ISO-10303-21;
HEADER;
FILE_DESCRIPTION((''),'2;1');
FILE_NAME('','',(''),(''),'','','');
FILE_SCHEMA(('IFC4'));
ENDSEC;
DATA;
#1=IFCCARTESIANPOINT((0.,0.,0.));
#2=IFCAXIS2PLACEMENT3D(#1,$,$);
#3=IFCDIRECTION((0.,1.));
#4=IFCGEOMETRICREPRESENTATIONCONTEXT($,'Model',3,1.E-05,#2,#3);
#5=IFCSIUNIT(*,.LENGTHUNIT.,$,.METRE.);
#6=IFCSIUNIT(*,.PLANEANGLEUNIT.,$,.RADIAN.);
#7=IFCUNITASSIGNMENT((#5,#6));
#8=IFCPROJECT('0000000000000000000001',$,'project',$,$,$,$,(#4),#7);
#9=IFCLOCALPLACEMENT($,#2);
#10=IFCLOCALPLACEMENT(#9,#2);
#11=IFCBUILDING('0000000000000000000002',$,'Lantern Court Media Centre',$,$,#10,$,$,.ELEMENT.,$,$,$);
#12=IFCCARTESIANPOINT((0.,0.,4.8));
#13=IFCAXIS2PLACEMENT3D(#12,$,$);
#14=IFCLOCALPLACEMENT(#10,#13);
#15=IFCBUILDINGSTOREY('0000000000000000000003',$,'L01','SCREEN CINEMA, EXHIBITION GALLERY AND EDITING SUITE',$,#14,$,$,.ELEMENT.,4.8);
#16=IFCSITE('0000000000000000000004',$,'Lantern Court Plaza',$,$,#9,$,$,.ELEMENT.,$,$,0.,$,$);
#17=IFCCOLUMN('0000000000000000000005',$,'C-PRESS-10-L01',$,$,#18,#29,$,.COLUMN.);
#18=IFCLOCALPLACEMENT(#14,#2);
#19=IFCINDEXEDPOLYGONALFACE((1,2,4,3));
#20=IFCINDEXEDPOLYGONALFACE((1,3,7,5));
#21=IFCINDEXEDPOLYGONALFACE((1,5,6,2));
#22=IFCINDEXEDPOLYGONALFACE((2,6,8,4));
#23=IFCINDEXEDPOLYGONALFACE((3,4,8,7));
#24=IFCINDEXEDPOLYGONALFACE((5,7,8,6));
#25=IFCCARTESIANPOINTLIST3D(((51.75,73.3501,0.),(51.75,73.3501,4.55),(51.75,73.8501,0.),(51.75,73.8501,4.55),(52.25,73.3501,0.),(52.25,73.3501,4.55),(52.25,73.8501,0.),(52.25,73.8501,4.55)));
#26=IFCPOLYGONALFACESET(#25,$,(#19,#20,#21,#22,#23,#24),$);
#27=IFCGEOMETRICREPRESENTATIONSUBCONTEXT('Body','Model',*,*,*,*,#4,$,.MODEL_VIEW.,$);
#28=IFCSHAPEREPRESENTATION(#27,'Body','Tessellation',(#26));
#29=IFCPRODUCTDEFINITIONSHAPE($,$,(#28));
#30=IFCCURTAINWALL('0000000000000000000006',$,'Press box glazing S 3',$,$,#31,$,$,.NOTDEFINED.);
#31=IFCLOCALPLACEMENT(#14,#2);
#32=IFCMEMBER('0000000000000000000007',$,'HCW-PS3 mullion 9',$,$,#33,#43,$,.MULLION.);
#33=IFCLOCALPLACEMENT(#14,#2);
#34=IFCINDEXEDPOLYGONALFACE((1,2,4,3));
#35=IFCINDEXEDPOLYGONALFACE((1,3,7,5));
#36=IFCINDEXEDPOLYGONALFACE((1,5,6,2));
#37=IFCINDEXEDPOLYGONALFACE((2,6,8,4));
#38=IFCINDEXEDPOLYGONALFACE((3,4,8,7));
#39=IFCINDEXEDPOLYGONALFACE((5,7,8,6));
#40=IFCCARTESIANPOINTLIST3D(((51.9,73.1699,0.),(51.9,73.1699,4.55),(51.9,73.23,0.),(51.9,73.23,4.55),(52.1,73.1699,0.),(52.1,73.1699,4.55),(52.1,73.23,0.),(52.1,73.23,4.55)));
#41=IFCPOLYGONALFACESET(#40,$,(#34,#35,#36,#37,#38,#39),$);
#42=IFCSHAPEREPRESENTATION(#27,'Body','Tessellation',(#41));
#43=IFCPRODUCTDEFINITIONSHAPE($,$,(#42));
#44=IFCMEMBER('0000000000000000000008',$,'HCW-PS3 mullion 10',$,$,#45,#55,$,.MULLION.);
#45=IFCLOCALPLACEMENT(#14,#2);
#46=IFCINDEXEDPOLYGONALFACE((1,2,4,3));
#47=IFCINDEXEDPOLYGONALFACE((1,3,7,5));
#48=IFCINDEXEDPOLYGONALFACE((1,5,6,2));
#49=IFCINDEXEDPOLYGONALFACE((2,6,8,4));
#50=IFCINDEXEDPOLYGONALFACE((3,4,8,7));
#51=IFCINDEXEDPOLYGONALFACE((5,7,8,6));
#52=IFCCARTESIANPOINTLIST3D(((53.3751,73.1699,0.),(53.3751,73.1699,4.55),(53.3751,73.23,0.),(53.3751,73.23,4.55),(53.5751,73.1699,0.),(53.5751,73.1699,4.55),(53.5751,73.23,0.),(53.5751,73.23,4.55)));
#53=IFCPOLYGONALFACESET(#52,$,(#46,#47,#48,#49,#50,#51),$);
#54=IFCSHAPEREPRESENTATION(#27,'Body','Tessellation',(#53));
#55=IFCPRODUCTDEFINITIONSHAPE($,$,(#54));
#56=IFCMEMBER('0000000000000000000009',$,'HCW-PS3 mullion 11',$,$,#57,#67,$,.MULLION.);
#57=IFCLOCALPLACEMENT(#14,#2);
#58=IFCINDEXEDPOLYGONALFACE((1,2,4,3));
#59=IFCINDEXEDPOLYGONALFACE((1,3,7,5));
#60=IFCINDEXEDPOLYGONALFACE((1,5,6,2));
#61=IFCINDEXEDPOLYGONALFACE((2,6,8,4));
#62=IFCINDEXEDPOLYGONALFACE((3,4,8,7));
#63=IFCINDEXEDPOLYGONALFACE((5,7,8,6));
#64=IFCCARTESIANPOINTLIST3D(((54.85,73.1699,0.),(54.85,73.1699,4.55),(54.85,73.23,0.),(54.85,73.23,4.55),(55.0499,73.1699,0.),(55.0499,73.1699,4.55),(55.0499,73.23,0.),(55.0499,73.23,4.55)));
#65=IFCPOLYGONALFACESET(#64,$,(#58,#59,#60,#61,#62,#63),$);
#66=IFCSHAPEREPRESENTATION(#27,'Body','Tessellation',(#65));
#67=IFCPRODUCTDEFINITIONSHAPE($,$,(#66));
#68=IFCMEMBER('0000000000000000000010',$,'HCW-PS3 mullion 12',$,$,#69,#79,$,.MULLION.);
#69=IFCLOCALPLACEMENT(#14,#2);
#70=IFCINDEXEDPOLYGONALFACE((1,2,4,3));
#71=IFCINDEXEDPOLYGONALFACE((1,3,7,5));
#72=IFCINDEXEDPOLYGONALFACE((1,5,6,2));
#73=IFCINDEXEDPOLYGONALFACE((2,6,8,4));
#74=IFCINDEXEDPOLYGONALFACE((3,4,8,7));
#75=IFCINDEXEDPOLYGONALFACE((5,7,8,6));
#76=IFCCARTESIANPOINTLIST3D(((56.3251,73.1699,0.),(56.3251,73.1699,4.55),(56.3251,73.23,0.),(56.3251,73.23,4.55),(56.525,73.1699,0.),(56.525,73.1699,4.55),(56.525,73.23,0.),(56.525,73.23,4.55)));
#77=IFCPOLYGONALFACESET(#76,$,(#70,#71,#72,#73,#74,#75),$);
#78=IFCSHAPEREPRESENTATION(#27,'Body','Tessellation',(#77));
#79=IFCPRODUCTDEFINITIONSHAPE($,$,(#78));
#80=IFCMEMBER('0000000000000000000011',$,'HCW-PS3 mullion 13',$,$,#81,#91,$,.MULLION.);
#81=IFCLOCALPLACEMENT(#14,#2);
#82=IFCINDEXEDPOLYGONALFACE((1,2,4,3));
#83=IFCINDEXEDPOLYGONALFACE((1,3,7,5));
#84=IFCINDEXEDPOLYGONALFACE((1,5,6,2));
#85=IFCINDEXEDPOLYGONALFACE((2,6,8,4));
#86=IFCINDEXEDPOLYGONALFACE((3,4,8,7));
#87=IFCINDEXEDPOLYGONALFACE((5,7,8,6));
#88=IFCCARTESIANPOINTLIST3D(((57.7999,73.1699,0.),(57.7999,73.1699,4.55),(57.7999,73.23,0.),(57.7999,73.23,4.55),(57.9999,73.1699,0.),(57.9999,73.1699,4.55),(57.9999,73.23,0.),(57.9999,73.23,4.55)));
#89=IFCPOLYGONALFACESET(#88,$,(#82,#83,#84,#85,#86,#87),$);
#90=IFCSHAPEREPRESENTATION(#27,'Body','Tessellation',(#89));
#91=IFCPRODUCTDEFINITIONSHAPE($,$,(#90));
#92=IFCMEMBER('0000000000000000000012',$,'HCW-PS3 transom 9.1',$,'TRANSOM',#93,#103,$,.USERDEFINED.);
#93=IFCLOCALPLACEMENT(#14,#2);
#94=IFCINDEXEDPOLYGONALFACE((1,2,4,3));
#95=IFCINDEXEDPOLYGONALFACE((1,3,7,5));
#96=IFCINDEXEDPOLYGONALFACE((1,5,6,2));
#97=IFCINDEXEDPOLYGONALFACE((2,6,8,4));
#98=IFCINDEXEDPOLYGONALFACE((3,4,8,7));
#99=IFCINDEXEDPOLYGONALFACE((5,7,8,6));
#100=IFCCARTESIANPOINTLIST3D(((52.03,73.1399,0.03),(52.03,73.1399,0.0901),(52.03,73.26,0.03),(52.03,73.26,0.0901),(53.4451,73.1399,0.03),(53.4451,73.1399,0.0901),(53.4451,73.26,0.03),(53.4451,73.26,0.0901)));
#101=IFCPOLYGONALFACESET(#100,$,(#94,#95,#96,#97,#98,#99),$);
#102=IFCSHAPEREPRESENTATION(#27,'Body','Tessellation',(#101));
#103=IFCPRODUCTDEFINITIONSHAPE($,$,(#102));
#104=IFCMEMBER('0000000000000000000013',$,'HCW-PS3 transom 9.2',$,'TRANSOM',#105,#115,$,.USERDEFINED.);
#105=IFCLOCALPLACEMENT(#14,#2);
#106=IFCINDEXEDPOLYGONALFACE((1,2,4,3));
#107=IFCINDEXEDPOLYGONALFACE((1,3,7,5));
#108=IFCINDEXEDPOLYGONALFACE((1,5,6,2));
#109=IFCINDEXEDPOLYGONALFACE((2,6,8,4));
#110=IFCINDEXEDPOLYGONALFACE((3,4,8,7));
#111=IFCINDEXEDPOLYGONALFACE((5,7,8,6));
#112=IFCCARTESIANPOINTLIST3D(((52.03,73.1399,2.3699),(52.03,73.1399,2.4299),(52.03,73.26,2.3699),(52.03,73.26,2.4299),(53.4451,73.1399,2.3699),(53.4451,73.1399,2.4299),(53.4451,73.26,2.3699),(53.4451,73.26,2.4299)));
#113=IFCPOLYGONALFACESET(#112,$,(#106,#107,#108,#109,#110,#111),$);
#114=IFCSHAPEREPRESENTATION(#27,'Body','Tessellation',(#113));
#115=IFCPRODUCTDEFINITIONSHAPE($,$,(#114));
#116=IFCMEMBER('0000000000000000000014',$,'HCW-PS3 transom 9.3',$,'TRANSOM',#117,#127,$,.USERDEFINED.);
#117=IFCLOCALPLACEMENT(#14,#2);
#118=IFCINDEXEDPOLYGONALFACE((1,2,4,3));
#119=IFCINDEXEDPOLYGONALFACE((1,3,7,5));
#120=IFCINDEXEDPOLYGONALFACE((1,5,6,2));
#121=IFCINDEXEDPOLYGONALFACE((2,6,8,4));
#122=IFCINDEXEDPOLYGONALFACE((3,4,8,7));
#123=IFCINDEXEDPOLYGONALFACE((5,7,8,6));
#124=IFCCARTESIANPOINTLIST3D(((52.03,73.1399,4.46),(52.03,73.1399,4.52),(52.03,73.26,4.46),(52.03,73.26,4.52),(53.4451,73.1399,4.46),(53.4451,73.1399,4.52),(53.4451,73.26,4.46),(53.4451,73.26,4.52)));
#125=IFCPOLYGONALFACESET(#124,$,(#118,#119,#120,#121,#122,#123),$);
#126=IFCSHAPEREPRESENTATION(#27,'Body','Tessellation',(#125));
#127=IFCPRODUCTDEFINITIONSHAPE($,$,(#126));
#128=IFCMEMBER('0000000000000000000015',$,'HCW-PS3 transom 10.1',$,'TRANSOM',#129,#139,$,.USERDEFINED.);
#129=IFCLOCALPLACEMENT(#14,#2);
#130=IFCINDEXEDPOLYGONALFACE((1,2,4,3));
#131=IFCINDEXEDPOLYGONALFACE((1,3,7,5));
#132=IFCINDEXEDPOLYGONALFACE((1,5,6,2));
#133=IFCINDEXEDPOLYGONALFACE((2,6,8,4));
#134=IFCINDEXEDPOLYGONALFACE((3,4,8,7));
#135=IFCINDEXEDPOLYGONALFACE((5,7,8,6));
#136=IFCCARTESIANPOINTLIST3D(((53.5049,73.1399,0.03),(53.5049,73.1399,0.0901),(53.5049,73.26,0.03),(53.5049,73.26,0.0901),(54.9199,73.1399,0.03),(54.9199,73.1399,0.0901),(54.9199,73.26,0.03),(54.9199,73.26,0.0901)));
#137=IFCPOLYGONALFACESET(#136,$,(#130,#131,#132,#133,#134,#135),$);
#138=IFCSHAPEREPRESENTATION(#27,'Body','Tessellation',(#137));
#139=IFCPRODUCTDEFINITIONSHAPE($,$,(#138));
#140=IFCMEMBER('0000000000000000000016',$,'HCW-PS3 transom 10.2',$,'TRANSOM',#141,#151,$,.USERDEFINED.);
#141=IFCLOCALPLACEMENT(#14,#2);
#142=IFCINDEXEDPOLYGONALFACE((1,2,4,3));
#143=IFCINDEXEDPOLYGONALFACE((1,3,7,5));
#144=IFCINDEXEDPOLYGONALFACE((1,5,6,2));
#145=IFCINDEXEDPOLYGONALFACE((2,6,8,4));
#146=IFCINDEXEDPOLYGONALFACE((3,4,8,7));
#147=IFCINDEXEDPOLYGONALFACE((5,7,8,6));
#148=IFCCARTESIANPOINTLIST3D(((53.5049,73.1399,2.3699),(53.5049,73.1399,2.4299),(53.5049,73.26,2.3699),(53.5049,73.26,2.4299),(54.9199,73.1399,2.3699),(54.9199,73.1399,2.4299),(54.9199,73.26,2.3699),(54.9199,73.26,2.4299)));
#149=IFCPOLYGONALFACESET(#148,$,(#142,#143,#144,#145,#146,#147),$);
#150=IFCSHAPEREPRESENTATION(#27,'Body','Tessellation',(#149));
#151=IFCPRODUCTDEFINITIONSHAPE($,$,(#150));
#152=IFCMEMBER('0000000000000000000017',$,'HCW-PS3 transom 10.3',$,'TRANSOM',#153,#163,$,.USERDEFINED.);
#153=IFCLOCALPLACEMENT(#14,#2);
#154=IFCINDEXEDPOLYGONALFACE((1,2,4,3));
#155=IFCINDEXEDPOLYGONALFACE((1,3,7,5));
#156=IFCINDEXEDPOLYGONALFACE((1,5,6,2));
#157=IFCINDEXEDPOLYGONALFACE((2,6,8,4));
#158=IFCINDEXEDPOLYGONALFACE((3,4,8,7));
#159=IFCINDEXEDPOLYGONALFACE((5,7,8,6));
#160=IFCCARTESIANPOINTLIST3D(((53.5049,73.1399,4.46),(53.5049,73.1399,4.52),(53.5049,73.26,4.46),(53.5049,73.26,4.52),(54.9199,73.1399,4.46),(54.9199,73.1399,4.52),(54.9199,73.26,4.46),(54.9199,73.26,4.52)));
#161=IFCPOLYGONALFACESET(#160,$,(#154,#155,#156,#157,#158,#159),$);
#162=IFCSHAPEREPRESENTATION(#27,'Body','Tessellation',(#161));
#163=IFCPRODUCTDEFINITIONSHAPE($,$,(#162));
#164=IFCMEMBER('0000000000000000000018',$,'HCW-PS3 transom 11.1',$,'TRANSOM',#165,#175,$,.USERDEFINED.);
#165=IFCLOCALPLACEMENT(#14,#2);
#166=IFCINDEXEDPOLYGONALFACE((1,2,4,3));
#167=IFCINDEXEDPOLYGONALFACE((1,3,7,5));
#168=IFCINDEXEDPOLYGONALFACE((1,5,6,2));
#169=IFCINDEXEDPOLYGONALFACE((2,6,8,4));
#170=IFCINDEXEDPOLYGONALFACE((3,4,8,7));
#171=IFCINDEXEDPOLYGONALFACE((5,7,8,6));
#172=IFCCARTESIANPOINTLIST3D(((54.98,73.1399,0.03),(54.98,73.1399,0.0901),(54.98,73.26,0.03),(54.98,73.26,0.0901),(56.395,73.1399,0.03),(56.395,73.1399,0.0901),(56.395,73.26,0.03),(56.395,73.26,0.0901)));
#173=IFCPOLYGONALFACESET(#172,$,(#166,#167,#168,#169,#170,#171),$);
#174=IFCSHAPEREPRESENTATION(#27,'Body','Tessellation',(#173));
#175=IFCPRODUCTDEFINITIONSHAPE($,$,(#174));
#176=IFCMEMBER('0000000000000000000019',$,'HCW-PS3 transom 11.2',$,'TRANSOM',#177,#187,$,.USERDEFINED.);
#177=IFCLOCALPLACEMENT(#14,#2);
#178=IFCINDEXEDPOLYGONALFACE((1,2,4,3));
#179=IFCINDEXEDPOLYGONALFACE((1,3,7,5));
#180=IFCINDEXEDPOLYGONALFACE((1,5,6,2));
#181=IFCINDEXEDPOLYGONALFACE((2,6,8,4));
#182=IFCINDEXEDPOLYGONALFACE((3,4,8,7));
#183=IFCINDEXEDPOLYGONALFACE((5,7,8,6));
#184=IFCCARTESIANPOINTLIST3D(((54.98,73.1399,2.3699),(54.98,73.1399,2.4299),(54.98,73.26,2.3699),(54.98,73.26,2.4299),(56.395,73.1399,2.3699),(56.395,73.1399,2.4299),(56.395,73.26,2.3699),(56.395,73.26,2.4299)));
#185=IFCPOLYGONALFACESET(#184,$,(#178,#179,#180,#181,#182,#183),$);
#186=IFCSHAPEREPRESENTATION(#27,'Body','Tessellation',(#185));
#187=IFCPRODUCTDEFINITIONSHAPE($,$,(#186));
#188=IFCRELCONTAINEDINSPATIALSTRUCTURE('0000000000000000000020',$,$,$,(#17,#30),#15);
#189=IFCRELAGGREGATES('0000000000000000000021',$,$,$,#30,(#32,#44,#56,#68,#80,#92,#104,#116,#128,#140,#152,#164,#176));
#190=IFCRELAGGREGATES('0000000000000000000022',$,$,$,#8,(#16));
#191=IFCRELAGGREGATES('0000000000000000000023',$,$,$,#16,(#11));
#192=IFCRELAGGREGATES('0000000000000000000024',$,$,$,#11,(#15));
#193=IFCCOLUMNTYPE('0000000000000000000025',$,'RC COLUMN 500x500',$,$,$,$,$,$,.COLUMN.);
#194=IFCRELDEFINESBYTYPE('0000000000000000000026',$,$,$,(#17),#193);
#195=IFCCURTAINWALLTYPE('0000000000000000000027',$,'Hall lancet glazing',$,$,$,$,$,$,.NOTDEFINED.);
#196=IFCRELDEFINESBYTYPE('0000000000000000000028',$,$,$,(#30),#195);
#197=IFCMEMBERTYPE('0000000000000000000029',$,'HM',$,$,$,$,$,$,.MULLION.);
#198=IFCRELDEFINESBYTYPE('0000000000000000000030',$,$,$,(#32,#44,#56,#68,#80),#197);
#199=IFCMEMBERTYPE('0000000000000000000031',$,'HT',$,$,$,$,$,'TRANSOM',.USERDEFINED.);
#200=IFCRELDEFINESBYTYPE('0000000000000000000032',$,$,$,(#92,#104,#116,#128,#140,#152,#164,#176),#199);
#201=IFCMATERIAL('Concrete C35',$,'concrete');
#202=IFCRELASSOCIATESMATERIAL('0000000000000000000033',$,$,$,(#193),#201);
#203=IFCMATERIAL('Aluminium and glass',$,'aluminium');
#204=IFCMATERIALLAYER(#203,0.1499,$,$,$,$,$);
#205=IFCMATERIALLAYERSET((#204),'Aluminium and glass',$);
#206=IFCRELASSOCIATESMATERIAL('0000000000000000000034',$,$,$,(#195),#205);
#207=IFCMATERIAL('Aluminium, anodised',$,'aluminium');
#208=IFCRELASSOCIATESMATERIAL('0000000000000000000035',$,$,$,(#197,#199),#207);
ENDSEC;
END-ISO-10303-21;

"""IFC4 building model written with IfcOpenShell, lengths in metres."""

from ifc_helpers import new_model, si_unit, direction, frame, origin, origin_2d, place, context, subcontext, project, spatial, rectangle, extrude, material, layer, layer_set, material_profile, profile_set, type_object, element, aggregate, save


model = new_model("IFC4")

# Units and contexts
model_context = context("Model", 3, precision=1e-05, world=origin(), true_north=direction((0.0, 1.0)))
body_context = subcontext(model_context, "Body", "Model", "MODEL_VIEW")
ifc_project = project(units=[si_unit("LENGTHUNIT", "METRE"), si_unit("PLANEANGLEUNIT", "RADIAN")], contexts=[model_context])

# Site, building, storey
site_placement = place(None, origin())
site = spatial("IfcSite", under=ifc_project, at=site_placement, Name="Lantern Court Plaza", CompositionType="ELEMENT", RefElevation=0.0)
building_placement = place(site_placement, origin())
building = spatial("IfcBuilding", under=site, at=building_placement, Name="Lantern Court Media Centre", CompositionType="ELEMENT")
storey_placement = place(building_placement, frame((0.0, 0.0, 4.8)))
storey = spatial("IfcBuildingStorey", under=building, at=storey_placement, Name="L01", Description="SCREEN CINEMA, EXHIBITION GALLERY AND EDITING SUITE", CompositionType="ELEMENT", Elevation=4.8)

# Column
ifc_material_1 = material(Name="Concrete C35", Category="concrete")
ifc_material_profile_1 = material_profile(ifc_material_1, rectangle(XDim=0.5, YDim=0.5, at=origin_2d()), Name="RC 500x500")
ifc_profile_set_1 = profile_set([ifc_material_profile_1], Name="Concrete C35")
column_type = type_object("IfcColumnType", Name="RC COLUMN 500x500", PredefinedType="COLUMN", material=ifc_profile_set_1)
column_placement = place(storey_placement, frame((52.0, 73.6001, 0.0), z_axis=(0.0, 0.0, 1.0), x_axis=(1.0, 0.0, 0.0)))
element("IfcColumn", 1, at=column_placement, inside=storey, type_object=column_type, Name="C-PRESS-10-L01", PredefinedType="COLUMN", context=body_context, shape_type="SweptSolid", body=[
    extrude(rectangle(XDim=0.5, YDim=0.5, at=origin_2d()), origin(), (0.0, 0.0, 1.0), 4.55),
])

# Curtain wall, members
ifc_material_2 = material(Name="Aluminium and glass", Category="aluminium")
ifc_layer_1 = layer(ifc_material_2, 0.1499)
ifc_layer_set_1 = layer_set([ifc_layer_1], Name="Aluminium and glass")
curtain_wall_type = type_object("IfcCurtainWallType", Name="Hall lancet glazing", PredefinedType="NOTDEFINED", material=ifc_layer_set_1)
curtain_wall_placement = place(storey_placement, origin())
curtain_wall = element("IfcCurtainWall", 2, at=curtain_wall_placement, inside=storey, type_object=curtain_wall_type, Name="Press box glazing S 3", PredefinedType="NOTDEFINED")
ifc_material_3 = material(Name="Aluminium, anodised", Category="aluminium")
ifc_material_profile_2 = material_profile(ifc_material_3, rectangle(XDim=0.0601, YDim=0.2, at=origin_2d()), Name="HM")
ifc_profile_set_2 = profile_set([ifc_material_profile_2], Name="Aluminium, anodised")
member_type_1 = type_object("IfcMemberType", Name="HM", PredefinedType="MULLION", material=ifc_profile_set_2)
member_1_placement = place(storey_placement, frame((52.0, 73.2, 0.0), z_axis=(0.0, 0.0, 1.0), x_axis=(0.0, 1.0, 0.0)))
member_1 = element("IfcMember", 3, at=member_1_placement, type_object=member_type_1, Name="HCW-PS3 mullion 9", PredefinedType="MULLION", context=body_context, shape_type="SweptSolid", body=[
    extrude(rectangle(XDim=0.0601, YDim=0.2, at=origin_2d()), origin(), (0.0, 0.0, 1.0), 4.55),
])
member_2_placement = place(storey_placement, frame((53.4751, 73.2, 0.0), z_axis=(0.0, 0.0, 1.0), x_axis=(0.0, 1.0, 0.0)))
member_2 = element("IfcMember", 4, at=member_2_placement, type_object=member_type_1, Name="HCW-PS3 mullion 10", PredefinedType="MULLION", context=body_context, shape_type="SweptSolid", body=[
    extrude(rectangle(XDim=0.0601, YDim=0.2, at=origin_2d()), origin(), (0.0, 0.0, 1.0), 4.55),
])
member_3_placement = place(storey_placement, frame((54.95, 73.2, 0.0), z_axis=(0.0, 0.0, 1.0), x_axis=(0.0, 1.0, 0.0)))
member_3 = element("IfcMember", 5, at=member_3_placement, type_object=member_type_1, Name="HCW-PS3 mullion 11", PredefinedType="MULLION", context=body_context, shape_type="SweptSolid", body=[
    extrude(rectangle(XDim=0.0601, YDim=0.2, at=origin_2d()), origin(), (0.0, 0.0, 1.0), 4.55),
])
member_4_placement = place(storey_placement, frame((56.425, 73.2, 0.0), z_axis=(0.0, 0.0, 1.0), x_axis=(0.0, 1.0, 0.0)))
member_4 = element("IfcMember", 6, at=member_4_placement, type_object=member_type_1, Name="HCW-PS3 mullion 12", PredefinedType="MULLION", context=body_context, shape_type="SweptSolid", body=[
    extrude(rectangle(XDim=0.0601, YDim=0.2, at=origin_2d()), origin(), (0.0, 0.0, 1.0), 4.55),
])
member_5_placement = place(storey_placement, frame((57.8999, 73.2, 0.0), z_axis=(0.0, 0.0, 1.0), x_axis=(0.0, 1.0, 0.0)))
member_5 = element("IfcMember", 7, at=member_5_placement, type_object=member_type_1, Name="HCW-PS3 mullion 13", PredefinedType="MULLION", context=body_context, shape_type="SweptSolid", body=[
    extrude(rectangle(XDim=0.0601, YDim=0.2, at=origin_2d()), origin(), (0.0, 0.0, 1.0), 4.55),
])
ifc_material_profile_3 = material_profile(ifc_material_3, rectangle(XDim=0.1201, YDim=0.0601, at=origin_2d()), Name="HT")
ifc_profile_set_3 = profile_set([ifc_material_profile_3], Name="Aluminium, anodised")
member_type_2 = type_object("IfcMemberType", Name="HT", ElementType="TRANSOM", PredefinedType="USERDEFINED", material=ifc_profile_set_3)
member_6_placement = place(storey_placement, frame((52.03, 73.2, 0.0601), z_axis=(1.0, 0.0, 0.0), x_axis=(0.0, 1.0, 0.0)))
member_6 = element("IfcMember", 8, at=member_6_placement, type_object=member_type_2, Name="HCW-PS3 transom 9.1", ObjectType="TRANSOM", PredefinedType="USERDEFINED", context=body_context, shape_type="SweptSolid", body=[
    extrude(rectangle(XDim=0.1201, YDim=0.0601, at=origin_2d()), origin(), (0.0, 0.0, 1.0), 1.415),
])
member_7_placement = place(storey_placement, frame((52.03, 73.2, 2.3999), z_axis=(1.0, 0.0, 0.0), x_axis=(0.0, 1.0, 0.0)))
member_7 = element("IfcMember", 9, at=member_7_placement, type_object=member_type_2, Name="HCW-PS3 transom 9.2", ObjectType="TRANSOM", PredefinedType="USERDEFINED", context=body_context, shape_type="SweptSolid", body=[
    extrude(rectangle(XDim=0.1201, YDim=0.0601, at=origin_2d()), origin(), (0.0, 0.0, 1.0), 1.415),
])
member_8_placement = place(storey_placement, frame((52.03, 73.2, 4.49), z_axis=(1.0, 0.0, 0.0), x_axis=(0.0, 1.0, 0.0)))
member_8 = element("IfcMember", 10, at=member_8_placement, type_object=member_type_2, Name="HCW-PS3 transom 9.3", ObjectType="TRANSOM", PredefinedType="USERDEFINED", context=body_context, shape_type="SweptSolid", body=[
    extrude(rectangle(XDim=0.1201, YDim=0.0601, at=origin_2d()), origin(), (0.0, 0.0, 1.0), 1.415),
])
member_9_placement = place(storey_placement, frame((53.5049, 73.2, 0.0601), z_axis=(1.0, 0.0, 0.0), x_axis=(0.0, 1.0, 0.0)))
member_9 = element("IfcMember", 11, at=member_9_placement, type_object=member_type_2, Name="HCW-PS3 transom 10.1", ObjectType="TRANSOM", PredefinedType="USERDEFINED", context=body_context, shape_type="SweptSolid", body=[
    extrude(rectangle(XDim=0.1201, YDim=0.0601, at=origin_2d()), origin(), (0.0, 0.0, 1.0), 1.415),
])
member_10_placement = place(storey_placement, frame((53.5049, 73.2, 2.3999), z_axis=(1.0, 0.0, 0.0), x_axis=(0.0, 1.0, 0.0)))
member_10 = element("IfcMember", 12, at=member_10_placement, type_object=member_type_2, Name="HCW-PS3 transom 10.2", ObjectType="TRANSOM", PredefinedType="USERDEFINED", context=body_context, shape_type="SweptSolid", body=[
    extrude(rectangle(XDim=0.1201, YDim=0.0601, at=origin_2d()), origin(), (0.0, 0.0, 1.0), 1.415),
])
member_11_placement = place(storey_placement, frame((53.5049, 73.2, 4.49), z_axis=(1.0, 0.0, 0.0), x_axis=(0.0, 1.0, 0.0)))
member_11 = element("IfcMember", 13, at=member_11_placement, type_object=member_type_2, Name="HCW-PS3 transom 10.3", ObjectType="TRANSOM", PredefinedType="USERDEFINED", context=body_context, shape_type="SweptSolid", body=[
    extrude(rectangle(XDim=0.1201, YDim=0.0601, at=origin_2d()), origin(), (0.0, 0.0, 1.0), 1.415),
])
member_12_placement = place(storey_placement, frame((54.98, 73.2, 0.0601), z_axis=(1.0, 0.0, 0.0), x_axis=(0.0, 1.0, 0.0)))
member_12 = element("IfcMember", 14, at=member_12_placement, type_object=member_type_2, Name="HCW-PS3 transom 11.1", ObjectType="TRANSOM", PredefinedType="USERDEFINED", context=body_context, shape_type="SweptSolid", body=[
    extrude(rectangle(XDim=0.1201, YDim=0.0601, at=origin_2d()), origin(), (0.0, 0.0, 1.0), 1.415),
])
member_13_placement = place(storey_placement, frame((54.98, 73.2, 2.3999), z_axis=(1.0, 0.0, 0.0), x_axis=(0.0, 1.0, 0.0)))
member_13 = element("IfcMember", 15, at=member_13_placement, type_object=member_type_2, Name="HCW-PS3 transom 11.2", ObjectType="TRANSOM", PredefinedType="USERDEFINED", context=body_context, shape_type="SweptSolid", body=[
    extrude(rectangle(XDim=0.1201, YDim=0.0601, at=origin_2d()), origin(), (0.0, 0.0, 1.0), 1.415),
])

aggregate(curtain_wall, [member_1, member_2, member_3, member_4, member_5, member_6, member_7, member_8, member_9, member_10, member_11, member_12, member_13])

save(model, "model.ifc")
